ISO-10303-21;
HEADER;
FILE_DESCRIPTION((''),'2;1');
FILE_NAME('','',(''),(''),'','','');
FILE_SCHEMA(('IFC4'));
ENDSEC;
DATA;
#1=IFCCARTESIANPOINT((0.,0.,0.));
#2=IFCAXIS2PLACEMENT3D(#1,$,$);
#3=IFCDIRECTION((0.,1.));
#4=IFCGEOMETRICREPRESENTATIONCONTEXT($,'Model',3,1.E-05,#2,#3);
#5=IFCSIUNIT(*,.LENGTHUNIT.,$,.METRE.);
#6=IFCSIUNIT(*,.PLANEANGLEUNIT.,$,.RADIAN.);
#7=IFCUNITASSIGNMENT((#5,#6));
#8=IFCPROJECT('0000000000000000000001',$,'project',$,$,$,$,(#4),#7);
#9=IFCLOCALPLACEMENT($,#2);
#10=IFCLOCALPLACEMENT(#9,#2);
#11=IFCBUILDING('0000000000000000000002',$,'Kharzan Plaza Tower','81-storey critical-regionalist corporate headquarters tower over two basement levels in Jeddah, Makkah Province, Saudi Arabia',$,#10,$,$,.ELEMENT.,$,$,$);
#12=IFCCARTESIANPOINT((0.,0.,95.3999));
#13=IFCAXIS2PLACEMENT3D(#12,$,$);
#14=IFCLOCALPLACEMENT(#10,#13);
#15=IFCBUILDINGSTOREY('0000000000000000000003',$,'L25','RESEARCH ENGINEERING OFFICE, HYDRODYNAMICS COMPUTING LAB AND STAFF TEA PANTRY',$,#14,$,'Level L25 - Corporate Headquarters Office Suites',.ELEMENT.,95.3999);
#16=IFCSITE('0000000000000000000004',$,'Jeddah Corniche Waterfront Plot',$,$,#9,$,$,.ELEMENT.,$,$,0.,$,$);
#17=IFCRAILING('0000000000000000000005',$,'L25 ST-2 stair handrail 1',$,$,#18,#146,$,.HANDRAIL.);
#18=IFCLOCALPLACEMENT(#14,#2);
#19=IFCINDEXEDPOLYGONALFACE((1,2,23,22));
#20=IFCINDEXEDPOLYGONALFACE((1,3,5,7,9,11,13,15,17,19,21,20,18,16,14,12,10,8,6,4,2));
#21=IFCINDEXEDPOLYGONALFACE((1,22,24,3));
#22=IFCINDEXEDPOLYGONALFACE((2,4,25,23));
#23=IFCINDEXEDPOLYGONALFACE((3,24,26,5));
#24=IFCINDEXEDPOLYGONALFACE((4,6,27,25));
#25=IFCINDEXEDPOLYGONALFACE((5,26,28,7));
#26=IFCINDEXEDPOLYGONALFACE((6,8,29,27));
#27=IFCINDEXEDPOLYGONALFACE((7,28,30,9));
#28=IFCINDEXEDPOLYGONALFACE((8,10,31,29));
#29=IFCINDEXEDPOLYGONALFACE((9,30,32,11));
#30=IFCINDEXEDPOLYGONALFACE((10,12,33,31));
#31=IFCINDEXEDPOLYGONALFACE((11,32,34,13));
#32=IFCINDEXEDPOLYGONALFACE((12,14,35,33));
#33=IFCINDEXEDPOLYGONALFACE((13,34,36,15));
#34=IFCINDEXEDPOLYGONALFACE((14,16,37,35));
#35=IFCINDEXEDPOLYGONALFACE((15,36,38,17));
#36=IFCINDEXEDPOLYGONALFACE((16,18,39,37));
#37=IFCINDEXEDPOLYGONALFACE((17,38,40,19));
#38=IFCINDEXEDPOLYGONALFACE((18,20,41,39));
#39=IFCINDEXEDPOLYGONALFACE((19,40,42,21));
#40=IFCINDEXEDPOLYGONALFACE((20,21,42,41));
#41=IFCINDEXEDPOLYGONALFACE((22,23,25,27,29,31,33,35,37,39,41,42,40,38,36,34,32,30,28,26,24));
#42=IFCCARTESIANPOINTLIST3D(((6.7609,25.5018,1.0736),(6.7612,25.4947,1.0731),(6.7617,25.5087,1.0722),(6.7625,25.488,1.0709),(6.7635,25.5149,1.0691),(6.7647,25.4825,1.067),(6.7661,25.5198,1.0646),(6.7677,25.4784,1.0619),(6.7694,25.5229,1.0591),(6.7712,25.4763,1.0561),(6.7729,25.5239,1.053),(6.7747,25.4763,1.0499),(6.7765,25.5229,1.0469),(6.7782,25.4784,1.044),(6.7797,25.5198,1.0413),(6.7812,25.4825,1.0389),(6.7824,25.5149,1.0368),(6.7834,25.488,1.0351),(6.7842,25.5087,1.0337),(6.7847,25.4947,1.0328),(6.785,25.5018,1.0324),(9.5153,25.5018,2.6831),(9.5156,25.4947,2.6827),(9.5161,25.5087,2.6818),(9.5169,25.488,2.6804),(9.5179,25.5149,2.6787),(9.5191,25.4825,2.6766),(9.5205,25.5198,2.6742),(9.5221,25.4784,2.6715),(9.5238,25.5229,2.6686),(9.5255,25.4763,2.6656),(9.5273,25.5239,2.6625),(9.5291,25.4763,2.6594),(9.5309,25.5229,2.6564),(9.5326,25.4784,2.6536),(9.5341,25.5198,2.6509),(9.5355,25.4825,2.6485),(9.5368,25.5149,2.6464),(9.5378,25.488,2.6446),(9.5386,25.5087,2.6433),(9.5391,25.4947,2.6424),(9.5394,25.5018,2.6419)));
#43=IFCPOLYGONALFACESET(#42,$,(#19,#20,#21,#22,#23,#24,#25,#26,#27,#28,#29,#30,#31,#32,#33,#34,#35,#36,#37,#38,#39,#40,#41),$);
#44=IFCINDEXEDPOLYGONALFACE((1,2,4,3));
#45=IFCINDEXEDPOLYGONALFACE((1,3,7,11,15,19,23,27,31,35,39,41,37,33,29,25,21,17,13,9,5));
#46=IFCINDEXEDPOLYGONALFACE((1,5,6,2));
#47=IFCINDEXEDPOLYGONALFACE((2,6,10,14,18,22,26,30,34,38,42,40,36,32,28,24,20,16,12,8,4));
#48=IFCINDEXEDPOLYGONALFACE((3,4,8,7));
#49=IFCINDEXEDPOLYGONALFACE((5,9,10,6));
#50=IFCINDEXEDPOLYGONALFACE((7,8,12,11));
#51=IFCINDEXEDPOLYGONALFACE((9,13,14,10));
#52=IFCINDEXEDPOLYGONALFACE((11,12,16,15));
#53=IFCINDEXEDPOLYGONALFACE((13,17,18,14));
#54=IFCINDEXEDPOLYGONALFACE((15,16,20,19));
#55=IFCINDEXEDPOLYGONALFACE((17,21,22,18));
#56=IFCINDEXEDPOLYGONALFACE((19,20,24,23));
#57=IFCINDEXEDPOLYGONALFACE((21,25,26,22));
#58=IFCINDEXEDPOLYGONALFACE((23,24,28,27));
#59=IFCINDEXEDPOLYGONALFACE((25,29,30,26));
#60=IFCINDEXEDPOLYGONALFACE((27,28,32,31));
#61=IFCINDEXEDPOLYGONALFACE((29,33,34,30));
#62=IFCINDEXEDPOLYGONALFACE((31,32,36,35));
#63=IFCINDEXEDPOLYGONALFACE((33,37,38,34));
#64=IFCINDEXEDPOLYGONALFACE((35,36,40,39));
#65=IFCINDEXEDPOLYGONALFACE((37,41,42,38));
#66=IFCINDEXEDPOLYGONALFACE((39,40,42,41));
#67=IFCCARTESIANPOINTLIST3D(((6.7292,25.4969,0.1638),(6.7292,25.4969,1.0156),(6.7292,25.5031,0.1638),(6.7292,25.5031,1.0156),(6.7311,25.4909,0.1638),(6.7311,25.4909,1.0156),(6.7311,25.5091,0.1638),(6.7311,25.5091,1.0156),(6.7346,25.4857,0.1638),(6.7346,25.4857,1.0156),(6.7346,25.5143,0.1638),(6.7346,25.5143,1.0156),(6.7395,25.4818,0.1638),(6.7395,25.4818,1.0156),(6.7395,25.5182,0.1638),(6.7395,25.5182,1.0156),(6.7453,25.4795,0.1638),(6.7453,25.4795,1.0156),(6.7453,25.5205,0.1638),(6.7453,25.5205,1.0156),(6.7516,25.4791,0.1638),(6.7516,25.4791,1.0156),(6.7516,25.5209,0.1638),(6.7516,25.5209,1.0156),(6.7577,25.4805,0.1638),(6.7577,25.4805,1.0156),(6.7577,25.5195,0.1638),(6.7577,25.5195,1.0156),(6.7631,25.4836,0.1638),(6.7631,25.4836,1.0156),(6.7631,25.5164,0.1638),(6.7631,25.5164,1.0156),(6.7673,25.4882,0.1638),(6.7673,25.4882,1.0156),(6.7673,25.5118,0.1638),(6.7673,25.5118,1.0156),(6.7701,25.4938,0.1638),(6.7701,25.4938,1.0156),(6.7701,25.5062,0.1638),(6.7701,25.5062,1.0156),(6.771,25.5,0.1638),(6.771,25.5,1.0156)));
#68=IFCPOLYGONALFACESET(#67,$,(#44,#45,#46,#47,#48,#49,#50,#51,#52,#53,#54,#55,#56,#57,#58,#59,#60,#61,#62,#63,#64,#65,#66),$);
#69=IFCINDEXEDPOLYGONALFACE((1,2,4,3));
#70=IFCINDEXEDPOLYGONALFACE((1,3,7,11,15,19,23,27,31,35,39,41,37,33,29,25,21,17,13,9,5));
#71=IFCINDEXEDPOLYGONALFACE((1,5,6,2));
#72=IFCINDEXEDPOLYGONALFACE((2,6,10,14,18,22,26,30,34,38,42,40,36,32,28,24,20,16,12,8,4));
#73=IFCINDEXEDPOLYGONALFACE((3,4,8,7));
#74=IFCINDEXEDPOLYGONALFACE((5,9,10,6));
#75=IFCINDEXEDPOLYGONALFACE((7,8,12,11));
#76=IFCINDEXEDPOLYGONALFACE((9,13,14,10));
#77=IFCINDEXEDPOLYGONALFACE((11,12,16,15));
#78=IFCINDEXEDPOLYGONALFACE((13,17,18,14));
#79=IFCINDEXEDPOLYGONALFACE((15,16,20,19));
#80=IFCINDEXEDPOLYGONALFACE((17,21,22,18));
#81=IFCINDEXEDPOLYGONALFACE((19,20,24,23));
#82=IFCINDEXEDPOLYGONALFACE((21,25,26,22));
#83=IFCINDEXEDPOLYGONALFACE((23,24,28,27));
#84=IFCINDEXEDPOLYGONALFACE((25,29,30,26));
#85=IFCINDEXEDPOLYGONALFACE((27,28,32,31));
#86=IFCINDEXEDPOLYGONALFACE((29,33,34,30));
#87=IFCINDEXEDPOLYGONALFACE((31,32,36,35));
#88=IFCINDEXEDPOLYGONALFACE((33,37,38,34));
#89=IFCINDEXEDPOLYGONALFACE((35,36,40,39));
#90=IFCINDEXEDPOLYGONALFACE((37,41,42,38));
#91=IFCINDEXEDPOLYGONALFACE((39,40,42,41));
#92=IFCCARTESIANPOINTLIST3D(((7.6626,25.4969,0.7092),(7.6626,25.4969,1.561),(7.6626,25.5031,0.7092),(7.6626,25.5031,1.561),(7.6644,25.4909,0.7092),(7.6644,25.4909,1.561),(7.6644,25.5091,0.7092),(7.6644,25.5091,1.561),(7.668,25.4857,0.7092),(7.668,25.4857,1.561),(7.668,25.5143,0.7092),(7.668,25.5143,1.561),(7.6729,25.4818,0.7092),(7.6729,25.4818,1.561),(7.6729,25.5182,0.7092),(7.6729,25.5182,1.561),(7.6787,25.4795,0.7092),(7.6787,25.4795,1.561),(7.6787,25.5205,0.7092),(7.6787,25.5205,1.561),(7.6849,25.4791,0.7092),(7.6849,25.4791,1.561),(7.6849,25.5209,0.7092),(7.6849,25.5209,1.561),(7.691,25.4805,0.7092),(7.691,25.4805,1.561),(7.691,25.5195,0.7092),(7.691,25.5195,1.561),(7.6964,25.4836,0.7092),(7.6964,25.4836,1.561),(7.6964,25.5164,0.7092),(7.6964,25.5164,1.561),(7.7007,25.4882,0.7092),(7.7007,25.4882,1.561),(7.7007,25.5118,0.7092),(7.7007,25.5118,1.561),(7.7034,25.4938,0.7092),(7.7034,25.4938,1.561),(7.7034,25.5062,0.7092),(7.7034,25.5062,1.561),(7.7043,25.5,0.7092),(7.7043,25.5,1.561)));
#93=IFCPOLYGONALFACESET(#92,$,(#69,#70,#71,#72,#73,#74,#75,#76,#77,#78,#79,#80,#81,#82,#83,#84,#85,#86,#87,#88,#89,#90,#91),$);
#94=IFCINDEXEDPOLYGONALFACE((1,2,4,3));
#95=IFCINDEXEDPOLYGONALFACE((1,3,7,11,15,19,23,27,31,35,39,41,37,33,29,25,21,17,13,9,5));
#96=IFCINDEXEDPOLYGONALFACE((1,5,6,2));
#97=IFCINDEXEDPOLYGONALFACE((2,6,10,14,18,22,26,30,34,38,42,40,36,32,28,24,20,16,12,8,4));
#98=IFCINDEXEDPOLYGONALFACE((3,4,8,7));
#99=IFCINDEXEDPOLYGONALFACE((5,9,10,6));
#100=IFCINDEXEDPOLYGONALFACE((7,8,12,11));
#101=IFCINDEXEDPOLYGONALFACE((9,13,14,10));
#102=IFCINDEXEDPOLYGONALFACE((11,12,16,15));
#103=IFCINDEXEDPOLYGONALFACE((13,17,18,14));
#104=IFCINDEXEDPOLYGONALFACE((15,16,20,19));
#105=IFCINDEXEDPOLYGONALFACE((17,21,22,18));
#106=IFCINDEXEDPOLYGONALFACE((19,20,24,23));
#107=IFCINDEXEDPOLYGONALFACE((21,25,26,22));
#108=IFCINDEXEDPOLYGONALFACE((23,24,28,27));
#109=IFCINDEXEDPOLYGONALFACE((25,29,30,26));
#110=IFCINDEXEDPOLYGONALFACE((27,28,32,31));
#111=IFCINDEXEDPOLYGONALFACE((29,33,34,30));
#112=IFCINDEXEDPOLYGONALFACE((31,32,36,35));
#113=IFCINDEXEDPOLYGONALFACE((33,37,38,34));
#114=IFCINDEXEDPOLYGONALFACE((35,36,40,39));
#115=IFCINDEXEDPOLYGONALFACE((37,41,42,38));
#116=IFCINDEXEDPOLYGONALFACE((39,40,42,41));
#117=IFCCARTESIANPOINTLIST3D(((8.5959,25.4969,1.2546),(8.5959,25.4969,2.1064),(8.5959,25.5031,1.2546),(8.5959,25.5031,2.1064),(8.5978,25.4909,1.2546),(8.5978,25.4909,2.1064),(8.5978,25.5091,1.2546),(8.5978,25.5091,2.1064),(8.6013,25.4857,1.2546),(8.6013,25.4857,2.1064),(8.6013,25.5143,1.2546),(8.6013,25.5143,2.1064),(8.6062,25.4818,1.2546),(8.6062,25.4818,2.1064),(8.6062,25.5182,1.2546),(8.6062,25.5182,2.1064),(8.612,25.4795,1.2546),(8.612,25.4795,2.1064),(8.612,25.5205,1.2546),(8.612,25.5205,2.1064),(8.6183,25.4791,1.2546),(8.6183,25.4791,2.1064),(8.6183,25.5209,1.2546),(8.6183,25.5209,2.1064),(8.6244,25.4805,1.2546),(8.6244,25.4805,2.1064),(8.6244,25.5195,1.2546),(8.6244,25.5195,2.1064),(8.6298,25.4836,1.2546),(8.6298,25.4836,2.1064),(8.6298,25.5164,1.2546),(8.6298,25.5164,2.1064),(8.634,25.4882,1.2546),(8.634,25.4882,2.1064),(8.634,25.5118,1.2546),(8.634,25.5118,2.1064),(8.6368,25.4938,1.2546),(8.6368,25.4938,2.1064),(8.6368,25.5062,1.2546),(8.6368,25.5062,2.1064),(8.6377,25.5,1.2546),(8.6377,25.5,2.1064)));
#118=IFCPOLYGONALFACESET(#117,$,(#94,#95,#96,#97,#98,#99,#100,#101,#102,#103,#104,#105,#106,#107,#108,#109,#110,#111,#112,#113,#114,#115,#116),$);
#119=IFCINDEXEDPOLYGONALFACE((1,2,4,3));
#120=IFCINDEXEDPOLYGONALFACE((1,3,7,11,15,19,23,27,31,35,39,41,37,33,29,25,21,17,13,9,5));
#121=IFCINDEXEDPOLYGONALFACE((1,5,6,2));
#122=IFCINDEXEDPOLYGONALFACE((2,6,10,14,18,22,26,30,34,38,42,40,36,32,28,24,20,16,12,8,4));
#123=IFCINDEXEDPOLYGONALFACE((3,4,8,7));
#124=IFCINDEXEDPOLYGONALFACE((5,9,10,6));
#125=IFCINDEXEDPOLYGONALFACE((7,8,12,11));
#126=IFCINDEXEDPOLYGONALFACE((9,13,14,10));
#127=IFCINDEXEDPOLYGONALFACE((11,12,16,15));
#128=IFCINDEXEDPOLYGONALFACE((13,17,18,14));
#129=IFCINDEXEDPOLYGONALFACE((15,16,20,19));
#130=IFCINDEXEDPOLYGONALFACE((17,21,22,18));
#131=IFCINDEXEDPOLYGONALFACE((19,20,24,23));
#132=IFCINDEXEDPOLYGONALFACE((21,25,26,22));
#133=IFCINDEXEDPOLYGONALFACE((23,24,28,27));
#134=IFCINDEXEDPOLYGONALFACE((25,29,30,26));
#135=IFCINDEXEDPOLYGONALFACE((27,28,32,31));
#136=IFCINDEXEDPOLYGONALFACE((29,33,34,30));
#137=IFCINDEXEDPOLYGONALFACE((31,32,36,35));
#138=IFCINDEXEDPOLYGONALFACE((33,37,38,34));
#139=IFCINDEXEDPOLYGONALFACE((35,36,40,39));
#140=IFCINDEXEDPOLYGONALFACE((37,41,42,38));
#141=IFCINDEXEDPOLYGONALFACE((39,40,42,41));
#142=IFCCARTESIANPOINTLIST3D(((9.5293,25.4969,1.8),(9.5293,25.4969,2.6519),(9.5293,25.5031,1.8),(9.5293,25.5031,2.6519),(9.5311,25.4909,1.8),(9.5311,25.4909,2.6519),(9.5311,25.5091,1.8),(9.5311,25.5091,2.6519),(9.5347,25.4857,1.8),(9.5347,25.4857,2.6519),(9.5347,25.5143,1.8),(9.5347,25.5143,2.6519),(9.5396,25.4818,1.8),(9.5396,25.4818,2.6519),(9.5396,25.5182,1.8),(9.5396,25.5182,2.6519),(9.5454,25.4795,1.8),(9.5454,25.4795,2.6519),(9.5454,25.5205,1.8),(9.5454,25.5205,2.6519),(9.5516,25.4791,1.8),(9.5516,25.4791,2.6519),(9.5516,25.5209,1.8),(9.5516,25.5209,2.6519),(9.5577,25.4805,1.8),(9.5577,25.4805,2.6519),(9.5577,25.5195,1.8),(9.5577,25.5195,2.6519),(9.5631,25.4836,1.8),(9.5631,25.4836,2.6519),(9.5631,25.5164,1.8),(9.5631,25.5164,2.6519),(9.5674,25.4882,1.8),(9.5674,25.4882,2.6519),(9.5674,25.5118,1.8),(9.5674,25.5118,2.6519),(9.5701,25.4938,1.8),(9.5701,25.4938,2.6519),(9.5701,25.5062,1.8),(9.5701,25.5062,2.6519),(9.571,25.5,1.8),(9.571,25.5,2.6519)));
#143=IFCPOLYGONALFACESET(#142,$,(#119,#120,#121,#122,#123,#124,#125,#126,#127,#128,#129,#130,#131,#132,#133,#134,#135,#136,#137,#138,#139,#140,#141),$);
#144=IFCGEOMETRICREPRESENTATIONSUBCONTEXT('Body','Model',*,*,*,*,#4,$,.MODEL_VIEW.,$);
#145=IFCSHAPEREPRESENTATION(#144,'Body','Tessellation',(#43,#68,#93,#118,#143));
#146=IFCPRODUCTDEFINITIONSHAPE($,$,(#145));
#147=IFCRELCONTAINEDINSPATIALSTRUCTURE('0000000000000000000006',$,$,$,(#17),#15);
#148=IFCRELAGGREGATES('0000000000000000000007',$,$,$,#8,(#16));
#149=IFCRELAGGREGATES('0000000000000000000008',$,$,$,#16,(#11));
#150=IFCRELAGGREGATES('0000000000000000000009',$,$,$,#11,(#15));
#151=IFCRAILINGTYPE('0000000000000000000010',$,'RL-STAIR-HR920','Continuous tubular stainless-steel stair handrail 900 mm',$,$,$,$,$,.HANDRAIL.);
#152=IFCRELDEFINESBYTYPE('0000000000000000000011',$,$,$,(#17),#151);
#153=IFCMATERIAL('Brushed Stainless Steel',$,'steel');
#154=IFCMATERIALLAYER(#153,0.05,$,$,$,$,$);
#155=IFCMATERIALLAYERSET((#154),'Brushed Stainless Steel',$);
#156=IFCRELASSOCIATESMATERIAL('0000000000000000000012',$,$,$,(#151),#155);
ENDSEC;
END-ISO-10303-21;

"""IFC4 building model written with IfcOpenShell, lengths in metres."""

from ifc_helpers import new_model, si_unit, direction, frame, origin, origin_2d, place, context, subcontext, project, spatial, circle, extrude, source, transform, mapped, material, layer, layer_set, type_object, element, save


model = new_model("IFC4")

# Units and contexts
model_context = context("Model", 3, precision=1e-05, world=origin(), true_north=direction((0.0, 1.0)))
body_context = subcontext(model_context, "Body", "Model", "MODEL_VIEW")
ifc_project = project(units=[si_unit("LENGTHUNIT", "METRE"), si_unit("PLANEANGLEUNIT", "RADIAN")], contexts=[model_context])

# Site, building, storey
site_placement = place(None, origin())
site = spatial("IfcSite", under=ifc_project, at=site_placement, Name="Jeddah Corniche Waterfront Plot", CompositionType="ELEMENT", RefElevation=0.0)
building_placement = place(site_placement, origin())
building = spatial("IfcBuilding", under=site, at=building_placement, Name="Kharzan Plaza Tower", Description="81-storey critical-regionalist corporate headquarters tower over two basement levels in Jeddah, Makkah Province, Saudi Arabia", CompositionType="ELEMENT")
storey_placement = place(building_placement, frame((0.0, 0.0, 95.3999)))
storey = spatial("IfcBuildingStorey", under=building, at=storey_placement, Name="L25", Description="RESEARCH ENGINEERING OFFICE, HYDRODYNAMICS COMPUTING LAB AND STAFF TEA PANTRY", LongName="Level L25 - Corporate Headquarters Office Suites", CompositionType="ELEMENT", Elevation=95.3999)

# Shared definitions
ifc_material_1 = material(Name="Brushed Stainless Steel", Category="steel")

# Railing
ifc_layer_1 = layer(ifc_material_1, 0.05)
ifc_layer_set_1 = layer_set([ifc_layer_1], Name="Brushed Stainless Steel")
railing_type_1 = type_object("IfcRailingType", Name="RL-STAIR-HR920", Description="Continuous tubular stainless-steel stair handrail 900 mm", PredefinedType="HANDRAIL", material=ifc_layer_set_1)
shared_shape_1 = source(origin(), body_context, "Body", "SweptSolid", [
    extrude(circle(Radius=0.0239, at=origin_2d()), frame((0.0229, 0.0, 0.8892), z_axis=(0.863394, 0.0, 0.504531), x_axis=(0.0, 1.0, 0.0)), (0.0, 0.0, 1.0), 3.1902),
    extrude(circle(Radius=0.021, at=origin_2d()), origin(), (0.0, 0.0, 1.0), 0.8518),
    extrude(circle(Radius=0.021, at=origin_2d()), frame((0.9333, 0.0, 0.5454)), (0.0, 0.0, 1.0), 0.8518),
    extrude(circle(Radius=0.021, at=origin_2d()), frame((1.8667, 0.0, 1.0908)), (0.0, 0.0, 1.0), 0.8518),
    extrude(circle(Radius=0.021, at=origin_2d()), frame((2.8, 0.0, 1.6362)), (0.0, 0.0, 1.0), 0.8518),
])
railing_1_placement = place(storey_placement, frame((6.75, 25.5, 0.1638)))
element("IfcRailing", 1, at=railing_1_placement, inside=storey, type_object=railing_type_1, Name="L25 ST-2 stair handrail 1", PredefinedType="HANDRAIL", context=body_context, shape_type="MappedRepresentation", body=[
    mapped(shared_shape_1, transform((0.0, 0.0, 0.0), x_axis=(1.0, 0.0, 0.0), y_axis=(0.0, 1.0, 0.0), z_axis=(0.0, 0.0, 1.0))),
])

save(model, "model.ifc")
